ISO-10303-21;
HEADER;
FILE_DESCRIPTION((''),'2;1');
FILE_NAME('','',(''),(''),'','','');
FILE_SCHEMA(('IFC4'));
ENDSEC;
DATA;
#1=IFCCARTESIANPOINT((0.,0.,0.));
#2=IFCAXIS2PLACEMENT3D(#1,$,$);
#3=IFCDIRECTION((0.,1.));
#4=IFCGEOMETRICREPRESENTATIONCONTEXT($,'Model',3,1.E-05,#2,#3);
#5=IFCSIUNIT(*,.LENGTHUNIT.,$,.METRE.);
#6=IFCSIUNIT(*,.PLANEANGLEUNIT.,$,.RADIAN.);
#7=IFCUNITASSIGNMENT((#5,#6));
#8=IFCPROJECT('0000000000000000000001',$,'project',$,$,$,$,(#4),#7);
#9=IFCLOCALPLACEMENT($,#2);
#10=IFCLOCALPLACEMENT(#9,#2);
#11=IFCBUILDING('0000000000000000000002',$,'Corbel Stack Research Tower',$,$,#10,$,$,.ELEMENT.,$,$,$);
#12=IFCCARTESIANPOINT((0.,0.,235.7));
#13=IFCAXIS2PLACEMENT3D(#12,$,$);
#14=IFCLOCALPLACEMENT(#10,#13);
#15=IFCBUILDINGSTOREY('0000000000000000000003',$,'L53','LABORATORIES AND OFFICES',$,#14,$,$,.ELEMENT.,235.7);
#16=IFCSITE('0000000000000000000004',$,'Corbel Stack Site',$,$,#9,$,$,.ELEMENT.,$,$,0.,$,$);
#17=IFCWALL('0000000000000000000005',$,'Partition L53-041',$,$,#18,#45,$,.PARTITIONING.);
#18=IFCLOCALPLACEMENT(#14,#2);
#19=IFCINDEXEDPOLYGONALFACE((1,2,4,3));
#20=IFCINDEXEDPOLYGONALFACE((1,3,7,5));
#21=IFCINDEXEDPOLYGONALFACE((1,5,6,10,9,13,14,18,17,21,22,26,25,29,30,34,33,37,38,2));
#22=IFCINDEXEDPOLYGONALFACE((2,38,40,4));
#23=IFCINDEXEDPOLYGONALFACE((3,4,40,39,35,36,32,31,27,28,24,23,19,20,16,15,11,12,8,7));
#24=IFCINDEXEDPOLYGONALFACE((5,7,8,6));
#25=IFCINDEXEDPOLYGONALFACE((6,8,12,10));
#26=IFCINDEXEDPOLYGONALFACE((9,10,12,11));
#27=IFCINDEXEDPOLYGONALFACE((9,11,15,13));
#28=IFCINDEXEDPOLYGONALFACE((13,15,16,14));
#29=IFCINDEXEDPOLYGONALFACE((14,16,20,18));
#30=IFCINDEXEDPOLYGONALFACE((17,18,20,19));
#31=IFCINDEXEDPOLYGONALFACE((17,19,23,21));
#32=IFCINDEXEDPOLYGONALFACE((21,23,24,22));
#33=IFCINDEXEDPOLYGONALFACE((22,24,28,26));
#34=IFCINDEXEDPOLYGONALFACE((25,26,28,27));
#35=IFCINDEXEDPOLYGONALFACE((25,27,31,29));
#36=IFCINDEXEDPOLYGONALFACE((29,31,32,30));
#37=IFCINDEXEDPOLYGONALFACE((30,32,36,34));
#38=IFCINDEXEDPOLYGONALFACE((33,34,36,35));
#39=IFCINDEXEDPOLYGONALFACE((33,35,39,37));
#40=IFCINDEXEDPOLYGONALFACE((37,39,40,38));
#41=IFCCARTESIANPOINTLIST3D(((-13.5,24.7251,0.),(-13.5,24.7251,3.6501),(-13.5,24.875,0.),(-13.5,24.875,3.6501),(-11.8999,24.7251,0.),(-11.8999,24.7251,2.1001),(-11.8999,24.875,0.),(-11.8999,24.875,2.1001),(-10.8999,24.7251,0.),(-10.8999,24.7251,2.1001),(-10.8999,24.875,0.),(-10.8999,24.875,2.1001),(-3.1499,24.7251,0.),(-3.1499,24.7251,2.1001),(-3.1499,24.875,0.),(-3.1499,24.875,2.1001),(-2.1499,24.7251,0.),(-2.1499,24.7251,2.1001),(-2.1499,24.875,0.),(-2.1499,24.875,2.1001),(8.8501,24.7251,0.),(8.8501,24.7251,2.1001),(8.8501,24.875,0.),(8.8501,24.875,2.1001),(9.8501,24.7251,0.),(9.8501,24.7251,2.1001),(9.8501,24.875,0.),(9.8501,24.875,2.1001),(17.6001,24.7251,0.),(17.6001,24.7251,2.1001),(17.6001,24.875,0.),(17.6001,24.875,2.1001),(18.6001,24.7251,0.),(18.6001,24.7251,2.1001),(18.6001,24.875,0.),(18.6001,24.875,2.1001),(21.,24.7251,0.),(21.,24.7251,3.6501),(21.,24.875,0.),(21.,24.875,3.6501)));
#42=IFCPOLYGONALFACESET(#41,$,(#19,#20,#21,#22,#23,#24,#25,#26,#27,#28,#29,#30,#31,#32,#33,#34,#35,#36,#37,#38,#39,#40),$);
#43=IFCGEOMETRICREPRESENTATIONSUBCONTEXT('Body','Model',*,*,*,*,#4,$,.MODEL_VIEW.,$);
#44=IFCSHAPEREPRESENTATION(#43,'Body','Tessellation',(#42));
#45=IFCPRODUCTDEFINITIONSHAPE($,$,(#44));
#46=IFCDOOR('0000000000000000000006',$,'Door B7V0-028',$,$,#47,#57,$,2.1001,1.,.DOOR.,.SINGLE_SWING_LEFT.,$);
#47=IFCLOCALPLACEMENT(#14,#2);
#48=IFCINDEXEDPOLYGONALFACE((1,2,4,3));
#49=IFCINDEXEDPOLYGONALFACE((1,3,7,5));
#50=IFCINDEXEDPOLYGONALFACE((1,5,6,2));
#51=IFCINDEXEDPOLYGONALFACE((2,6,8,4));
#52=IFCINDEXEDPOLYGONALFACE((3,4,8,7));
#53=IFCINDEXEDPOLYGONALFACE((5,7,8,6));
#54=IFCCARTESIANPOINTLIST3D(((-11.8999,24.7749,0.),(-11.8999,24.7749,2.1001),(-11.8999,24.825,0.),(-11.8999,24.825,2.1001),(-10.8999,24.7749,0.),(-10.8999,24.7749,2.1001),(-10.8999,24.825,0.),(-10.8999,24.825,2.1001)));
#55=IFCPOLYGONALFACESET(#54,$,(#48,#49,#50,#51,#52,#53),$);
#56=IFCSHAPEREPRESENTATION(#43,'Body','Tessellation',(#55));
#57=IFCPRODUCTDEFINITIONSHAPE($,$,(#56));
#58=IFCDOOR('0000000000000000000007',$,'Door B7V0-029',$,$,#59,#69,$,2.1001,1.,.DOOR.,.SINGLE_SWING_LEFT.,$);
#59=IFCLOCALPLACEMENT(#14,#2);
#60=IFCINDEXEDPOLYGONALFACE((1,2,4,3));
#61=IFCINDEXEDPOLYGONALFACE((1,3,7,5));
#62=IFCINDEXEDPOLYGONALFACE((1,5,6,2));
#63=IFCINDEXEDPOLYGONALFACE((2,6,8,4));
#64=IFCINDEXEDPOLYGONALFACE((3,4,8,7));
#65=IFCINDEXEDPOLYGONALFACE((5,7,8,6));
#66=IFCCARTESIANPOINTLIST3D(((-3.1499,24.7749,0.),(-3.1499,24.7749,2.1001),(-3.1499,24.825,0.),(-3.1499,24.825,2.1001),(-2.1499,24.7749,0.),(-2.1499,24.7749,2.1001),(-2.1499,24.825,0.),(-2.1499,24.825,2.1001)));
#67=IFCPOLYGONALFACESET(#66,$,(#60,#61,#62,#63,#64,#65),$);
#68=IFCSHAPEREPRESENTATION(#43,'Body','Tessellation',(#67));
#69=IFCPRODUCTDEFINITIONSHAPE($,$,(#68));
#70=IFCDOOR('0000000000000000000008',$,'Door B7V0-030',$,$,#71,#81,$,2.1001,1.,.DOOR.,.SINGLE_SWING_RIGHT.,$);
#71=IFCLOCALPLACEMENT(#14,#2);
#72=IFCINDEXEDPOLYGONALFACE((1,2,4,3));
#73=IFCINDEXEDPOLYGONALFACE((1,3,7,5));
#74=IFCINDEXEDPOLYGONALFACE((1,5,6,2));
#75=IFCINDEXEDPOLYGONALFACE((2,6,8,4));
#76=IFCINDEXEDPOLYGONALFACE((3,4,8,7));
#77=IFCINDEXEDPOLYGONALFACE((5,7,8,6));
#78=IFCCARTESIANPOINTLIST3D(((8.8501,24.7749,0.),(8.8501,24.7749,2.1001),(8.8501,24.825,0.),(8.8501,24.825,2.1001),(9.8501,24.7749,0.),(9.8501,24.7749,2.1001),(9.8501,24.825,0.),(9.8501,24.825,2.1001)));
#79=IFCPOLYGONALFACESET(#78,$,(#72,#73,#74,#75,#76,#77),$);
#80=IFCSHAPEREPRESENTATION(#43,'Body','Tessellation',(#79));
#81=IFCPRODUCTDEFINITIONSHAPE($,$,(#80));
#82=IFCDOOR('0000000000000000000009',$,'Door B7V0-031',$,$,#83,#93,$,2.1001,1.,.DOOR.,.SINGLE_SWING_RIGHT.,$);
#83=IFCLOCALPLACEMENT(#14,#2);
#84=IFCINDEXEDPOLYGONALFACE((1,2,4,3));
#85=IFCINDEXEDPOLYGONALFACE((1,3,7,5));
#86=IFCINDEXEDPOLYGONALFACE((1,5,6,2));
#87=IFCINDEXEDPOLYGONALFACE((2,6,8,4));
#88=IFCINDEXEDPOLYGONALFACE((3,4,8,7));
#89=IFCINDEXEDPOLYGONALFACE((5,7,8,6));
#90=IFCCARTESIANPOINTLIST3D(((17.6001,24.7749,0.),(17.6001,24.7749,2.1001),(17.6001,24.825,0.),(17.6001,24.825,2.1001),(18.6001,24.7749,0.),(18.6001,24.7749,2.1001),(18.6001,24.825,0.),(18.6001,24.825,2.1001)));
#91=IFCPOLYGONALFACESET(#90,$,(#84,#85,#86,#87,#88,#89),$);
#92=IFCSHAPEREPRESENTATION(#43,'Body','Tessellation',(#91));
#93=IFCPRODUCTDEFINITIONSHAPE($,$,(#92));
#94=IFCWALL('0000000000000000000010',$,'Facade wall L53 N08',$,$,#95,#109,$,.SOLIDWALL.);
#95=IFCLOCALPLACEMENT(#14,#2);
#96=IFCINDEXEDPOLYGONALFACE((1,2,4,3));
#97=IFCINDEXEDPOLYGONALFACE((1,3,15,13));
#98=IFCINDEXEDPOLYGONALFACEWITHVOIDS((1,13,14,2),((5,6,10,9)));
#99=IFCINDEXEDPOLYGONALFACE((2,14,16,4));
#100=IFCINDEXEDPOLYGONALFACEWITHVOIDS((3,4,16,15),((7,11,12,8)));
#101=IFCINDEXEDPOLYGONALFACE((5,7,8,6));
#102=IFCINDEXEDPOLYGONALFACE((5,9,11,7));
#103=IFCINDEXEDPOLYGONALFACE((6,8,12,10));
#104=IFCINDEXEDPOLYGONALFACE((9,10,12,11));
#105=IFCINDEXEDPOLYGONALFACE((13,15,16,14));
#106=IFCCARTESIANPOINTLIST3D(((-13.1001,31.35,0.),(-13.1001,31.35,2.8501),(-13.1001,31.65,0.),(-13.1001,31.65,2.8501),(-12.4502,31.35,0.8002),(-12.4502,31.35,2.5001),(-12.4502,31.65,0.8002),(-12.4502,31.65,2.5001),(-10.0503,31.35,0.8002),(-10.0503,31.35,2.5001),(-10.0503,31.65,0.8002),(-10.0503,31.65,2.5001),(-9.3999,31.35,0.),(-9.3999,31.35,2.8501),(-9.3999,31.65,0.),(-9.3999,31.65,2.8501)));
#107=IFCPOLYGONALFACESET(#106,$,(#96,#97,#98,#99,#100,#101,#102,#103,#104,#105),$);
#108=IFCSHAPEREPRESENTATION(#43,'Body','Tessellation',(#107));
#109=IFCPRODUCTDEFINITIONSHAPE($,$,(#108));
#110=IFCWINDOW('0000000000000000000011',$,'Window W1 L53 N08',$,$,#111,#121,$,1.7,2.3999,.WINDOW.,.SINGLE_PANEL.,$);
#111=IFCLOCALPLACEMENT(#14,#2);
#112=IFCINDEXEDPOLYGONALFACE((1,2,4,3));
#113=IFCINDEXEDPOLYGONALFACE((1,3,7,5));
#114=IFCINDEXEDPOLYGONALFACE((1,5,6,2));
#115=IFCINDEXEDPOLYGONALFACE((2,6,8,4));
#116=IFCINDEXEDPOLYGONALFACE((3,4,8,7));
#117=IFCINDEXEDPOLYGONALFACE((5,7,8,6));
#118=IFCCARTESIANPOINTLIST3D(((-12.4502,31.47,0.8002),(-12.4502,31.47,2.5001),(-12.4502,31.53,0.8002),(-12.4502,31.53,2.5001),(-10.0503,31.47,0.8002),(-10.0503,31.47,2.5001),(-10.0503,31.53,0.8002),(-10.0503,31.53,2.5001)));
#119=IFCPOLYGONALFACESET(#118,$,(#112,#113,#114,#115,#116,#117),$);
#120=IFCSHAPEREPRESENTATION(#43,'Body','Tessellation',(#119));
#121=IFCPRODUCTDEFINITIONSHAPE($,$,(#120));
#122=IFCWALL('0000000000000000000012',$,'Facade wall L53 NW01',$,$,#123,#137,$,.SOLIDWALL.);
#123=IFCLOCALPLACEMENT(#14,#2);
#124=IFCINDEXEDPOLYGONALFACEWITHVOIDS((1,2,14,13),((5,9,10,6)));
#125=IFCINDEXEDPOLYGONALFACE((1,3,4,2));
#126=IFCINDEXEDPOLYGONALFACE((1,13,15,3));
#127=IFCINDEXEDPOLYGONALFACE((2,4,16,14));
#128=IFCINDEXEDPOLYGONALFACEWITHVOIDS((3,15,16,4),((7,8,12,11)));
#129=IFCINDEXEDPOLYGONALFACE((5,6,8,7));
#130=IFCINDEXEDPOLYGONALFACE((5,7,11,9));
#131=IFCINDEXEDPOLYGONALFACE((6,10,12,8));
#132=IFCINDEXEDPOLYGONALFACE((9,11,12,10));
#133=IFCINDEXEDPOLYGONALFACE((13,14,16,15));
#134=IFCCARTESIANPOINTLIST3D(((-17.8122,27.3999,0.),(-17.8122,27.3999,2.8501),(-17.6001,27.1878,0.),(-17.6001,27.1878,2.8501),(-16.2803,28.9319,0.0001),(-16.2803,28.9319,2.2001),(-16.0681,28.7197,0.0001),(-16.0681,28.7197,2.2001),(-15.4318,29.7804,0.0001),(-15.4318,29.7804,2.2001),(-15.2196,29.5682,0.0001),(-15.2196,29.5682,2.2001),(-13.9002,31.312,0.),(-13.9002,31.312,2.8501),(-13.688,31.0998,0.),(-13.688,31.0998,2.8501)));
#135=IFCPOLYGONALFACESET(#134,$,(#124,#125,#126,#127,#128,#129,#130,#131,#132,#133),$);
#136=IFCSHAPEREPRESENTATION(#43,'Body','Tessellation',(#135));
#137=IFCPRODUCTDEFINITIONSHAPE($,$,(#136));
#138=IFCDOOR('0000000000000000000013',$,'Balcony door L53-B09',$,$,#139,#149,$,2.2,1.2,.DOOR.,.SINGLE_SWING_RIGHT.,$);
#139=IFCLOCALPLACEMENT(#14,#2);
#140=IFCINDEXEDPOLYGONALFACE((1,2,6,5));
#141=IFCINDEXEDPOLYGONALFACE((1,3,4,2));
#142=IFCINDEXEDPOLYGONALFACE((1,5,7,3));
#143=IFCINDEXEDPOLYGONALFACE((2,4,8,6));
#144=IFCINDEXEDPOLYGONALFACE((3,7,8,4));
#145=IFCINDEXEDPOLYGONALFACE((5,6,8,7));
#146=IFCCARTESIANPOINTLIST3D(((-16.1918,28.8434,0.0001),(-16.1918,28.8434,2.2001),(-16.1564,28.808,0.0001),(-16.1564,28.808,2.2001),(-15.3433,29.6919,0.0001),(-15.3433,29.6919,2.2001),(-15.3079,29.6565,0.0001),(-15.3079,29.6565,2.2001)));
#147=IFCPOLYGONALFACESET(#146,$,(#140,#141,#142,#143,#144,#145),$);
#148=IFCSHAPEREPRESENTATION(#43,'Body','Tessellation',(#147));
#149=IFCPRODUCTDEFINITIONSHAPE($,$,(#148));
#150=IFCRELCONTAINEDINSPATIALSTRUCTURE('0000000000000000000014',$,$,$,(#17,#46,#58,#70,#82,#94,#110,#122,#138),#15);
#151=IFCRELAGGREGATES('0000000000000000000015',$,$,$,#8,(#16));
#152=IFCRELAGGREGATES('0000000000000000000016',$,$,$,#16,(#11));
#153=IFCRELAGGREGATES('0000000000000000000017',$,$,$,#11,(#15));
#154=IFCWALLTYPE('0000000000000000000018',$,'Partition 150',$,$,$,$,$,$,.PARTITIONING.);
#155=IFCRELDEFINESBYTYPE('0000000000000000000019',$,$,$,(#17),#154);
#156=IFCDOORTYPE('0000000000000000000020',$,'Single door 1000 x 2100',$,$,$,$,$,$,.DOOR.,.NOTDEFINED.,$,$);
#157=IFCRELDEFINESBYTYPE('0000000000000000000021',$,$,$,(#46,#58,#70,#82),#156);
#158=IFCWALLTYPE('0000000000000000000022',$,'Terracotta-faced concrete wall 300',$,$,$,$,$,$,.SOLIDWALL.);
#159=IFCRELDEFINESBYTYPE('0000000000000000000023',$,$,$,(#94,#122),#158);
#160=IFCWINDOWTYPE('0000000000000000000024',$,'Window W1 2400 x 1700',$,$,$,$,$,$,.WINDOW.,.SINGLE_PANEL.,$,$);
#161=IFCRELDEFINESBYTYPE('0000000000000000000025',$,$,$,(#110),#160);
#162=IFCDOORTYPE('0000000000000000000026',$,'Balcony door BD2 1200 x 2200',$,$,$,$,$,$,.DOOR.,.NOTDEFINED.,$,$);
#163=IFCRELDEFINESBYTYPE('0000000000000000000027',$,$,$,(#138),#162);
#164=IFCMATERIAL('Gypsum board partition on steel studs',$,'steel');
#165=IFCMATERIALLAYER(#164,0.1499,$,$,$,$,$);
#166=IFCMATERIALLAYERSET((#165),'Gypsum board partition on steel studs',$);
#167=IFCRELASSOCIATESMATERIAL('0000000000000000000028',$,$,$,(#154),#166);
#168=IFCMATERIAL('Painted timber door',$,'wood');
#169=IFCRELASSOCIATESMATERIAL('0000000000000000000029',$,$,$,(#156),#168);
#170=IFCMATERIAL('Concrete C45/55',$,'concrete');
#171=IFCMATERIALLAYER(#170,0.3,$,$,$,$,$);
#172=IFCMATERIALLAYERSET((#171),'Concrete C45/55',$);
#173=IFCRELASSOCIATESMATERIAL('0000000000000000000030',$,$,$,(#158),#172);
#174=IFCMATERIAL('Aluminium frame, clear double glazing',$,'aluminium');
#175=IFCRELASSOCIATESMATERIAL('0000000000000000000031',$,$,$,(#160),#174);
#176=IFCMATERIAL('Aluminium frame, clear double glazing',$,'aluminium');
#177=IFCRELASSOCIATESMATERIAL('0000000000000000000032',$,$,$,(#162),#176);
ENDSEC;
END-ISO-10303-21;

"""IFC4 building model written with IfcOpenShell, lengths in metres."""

from ifc_helpers import new_model, si_unit, direction, frame, frame_2d, origin, place, context, subcontext, project, spatial, rectangle, extrude, material, layer, layer_set, type_object, element, fill, save


model = new_model("IFC4")

# Units and contexts
model_context = context("Model", 3, precision=1e-05, world=origin(), true_north=direction((0.0, 1.0)))
body_context = subcontext(model_context, "Body", "Model", "MODEL_VIEW")
ifc_project = project(units=[si_unit("LENGTHUNIT", "METRE"), si_unit("PLANEANGLEUNIT", "RADIAN")], contexts=[model_context])

# Site, building, storey
site_placement = place(None, origin())
site = spatial("IfcSite", under=ifc_project, at=site_placement, Name="Corbel Stack Site", CompositionType="ELEMENT", RefElevation=0.0)
building_placement = place(site_placement, origin())
building = spatial("IfcBuilding", under=site, at=building_placement, Name="Corbel Stack Research Tower", CompositionType="ELEMENT")
storey_placement = place(building_placement, frame((0.0, 0.0, 235.7)))
storey = spatial("IfcBuildingStorey", under=building, at=storey_placement, Name="L53", Description="LABORATORIES AND OFFICES", CompositionType="ELEMENT", Elevation=235.7)

# Shared definitions
ifc_material_1 = material(Name="Gypsum board partition on steel studs", Category="steel")
ifc_layer_1 = layer(ifc_material_1, 0.1499)
ifc_layer_set_1 = layer_set([ifc_layer_1], Name="Gypsum board partition on steel studs")
wall_type_1 = type_object("IfcWallType", Name="Partition 150", PredefinedType="PARTITIONING", material=ifc_layer_set_1)
ifc_material_2 = material(Name="Painted timber door", Category="wood")
door_type_1 = type_object("IfcDoorType", Name="Single door 1000 x 2100", OperationType="NOTDEFINED", PredefinedType="DOOR", material=ifc_material_2)

# Wall, openings, doors
wall_1_placement = place(storey_placement, frame((-13.5, 24.8, 0.0), z_axis=(0.0, 0.0, 1.0), x_axis=(1.0, 0.0, 0.0)))
wall_1 = element("IfcWall", 1, at=wall_1_placement, inside=storey, type_object=wall_type_1, Name="Partition L53-041", PredefinedType="PARTITIONING", context=body_context, shape_type="SweptSolid", body=[
    extrude(rectangle(XDim=34.5, YDim=0.1499, at=frame_2d((17.25, 0.0))), origin(), (0.0, 0.0, 1.0), 3.6501),
])
opening_1_placement = place(wall_1_placement, frame((1.6001, 0.0, 0.0)))
opening_1 = element("IfcOpeningElement", 2, at=opening_1_placement, cuts=wall_1, PredefinedType="OPENING", context=body_context, shape_type="SweptSolid", body=[
    extrude(rectangle(XDim=1.0, YDim=2.1001, at=frame_2d((0.5, 1.05))), frame((0.0, 0.085, 0.0), z_axis=(0.0, -1.0, 0.0), x_axis=(1.0, 0.0, 0.0)), (0.0, 0.0, 1.0), 0.1699),
])
opening_2_placement = place(wall_1_placement, frame((10.3501, 0.0, 0.0)))
opening_2 = element("IfcOpeningElement", 3, at=opening_2_placement, cuts=wall_1, PredefinedType="OPENING", context=body_context, shape_type="SweptSolid", body=[
    extrude(rectangle(XDim=1.0, YDim=2.1001, at=frame_2d((0.5, 1.05))), frame((0.0, 0.085, 0.0), z_axis=(0.0, -1.0, 0.0), x_axis=(1.0, 0.0, 0.0)), (0.0, 0.0, 1.0), 0.1699),
])
opening_3_placement = place(wall_1_placement, frame((22.3501, 0.0, 0.0)))
opening_3 = element("IfcOpeningElement", 4, at=opening_3_placement, cuts=wall_1, PredefinedType="OPENING", context=body_context, shape_type="SweptSolid", body=[
    extrude(rectangle(XDim=1.0, YDim=2.1001, at=frame_2d((0.5, 1.05))), frame((0.0, 0.085, 0.0), z_axis=(0.0, -1.0, 0.0), x_axis=(1.0, 0.0, 0.0)), (0.0, 0.0, 1.0), 0.1699),
])
opening_4_placement = place(wall_1_placement, frame((31.1001, 0.0, 0.0)))
opening_4 = element("IfcOpeningElement", 5, at=opening_4_placement, cuts=wall_1, PredefinedType="OPENING", context=body_context, shape_type="SweptSolid", body=[
    extrude(rectangle(XDim=1.0, YDim=2.1001, at=frame_2d((0.5, 1.05))), frame((0.0, 0.085, 0.0), z_axis=(0.0, -1.0, 0.0), x_axis=(1.0, 0.0, 0.0)), (0.0, 0.0, 1.0), 0.1699),
])
door_1_placement = place(opening_1_placement, origin())
door_1 = element("IfcDoor", 6, at=door_1_placement, inside=storey, type_object=door_type_1, Name="Door B7V0-028", OperationType="SINGLE_SWING_LEFT", OverallHeight=2.1001, OverallWidth=1.0, PredefinedType="DOOR", context=body_context, shape_type="SweptSolid", body=[
    extrude(rectangle(XDim=1.0, YDim=2.1001, at=frame_2d((0.5, 1.05))), frame((0.0, 0.0249, 0.0), z_axis=(0.0, -1.0, 0.0), x_axis=(1.0, 0.0, 0.0)), (0.0, 0.0, 1.0), 0.05),
])
fill(opening_1, door_1)
door_2_placement = place(opening_2_placement, origin())
door_2 = element("IfcDoor", 7, at=door_2_placement, inside=storey, type_object=door_type_1, Name="Door B7V0-029", OperationType="SINGLE_SWING_LEFT", OverallHeight=2.1001, OverallWidth=1.0, PredefinedType="DOOR", context=body_context, shape_type="SweptSolid", body=[
    extrude(rectangle(XDim=1.0, YDim=2.1001, at=frame_2d((0.5, 1.05))), frame((0.0, 0.0249, 0.0), z_axis=(0.0, -1.0, 0.0), x_axis=(1.0, 0.0, 0.0)), (0.0, 0.0, 1.0), 0.05),
])
fill(opening_2, door_2)
door_3_placement = place(opening_3_placement, origin())
door_3 = element("IfcDoor", 8, at=door_3_placement, inside=storey, type_object=door_type_1, Name="Door B7V0-030", OperationType="SINGLE_SWING_RIGHT", OverallHeight=2.1001, OverallWidth=1.0, PredefinedType="DOOR", context=body_context, shape_type="SweptSolid", body=[
    extrude(rectangle(XDim=1.0, YDim=2.1001, at=frame_2d((0.5, 1.05))), frame((0.0, 0.0249, 0.0), z_axis=(0.0, -1.0, 0.0), x_axis=(1.0, 0.0, 0.0)), (0.0, 0.0, 1.0), 0.05),
])
fill(opening_3, door_3)
door_4_placement = place(opening_4_placement, origin())
door_4 = element("IfcDoor", 9, at=door_4_placement, inside=storey, type_object=door_type_1, Name="Door B7V0-031", OperationType="SINGLE_SWING_RIGHT", OverallHeight=2.1001, OverallWidth=1.0, PredefinedType="DOOR", context=body_context, shape_type="SweptSolid", body=[
    extrude(rectangle(XDim=1.0, YDim=2.1001, at=frame_2d((0.5, 1.05))), frame((0.0, 0.0249, 0.0), z_axis=(0.0, -1.0, 0.0), x_axis=(1.0, 0.0, 0.0)), (0.0, 0.0, 1.0), 0.05),
])
fill(opening_4, door_4)

# Wall, opening, window
ifc_material_3 = material(Name="Concrete C45/55", Category="concrete")
ifc_layer_2 = layer(ifc_material_3, 0.3)
ifc_layer_set_2 = layer_set([ifc_layer_2], Name="Concrete C45/55")
wall_type_2 = type_object("IfcWallType", Name="Terracotta-faced concrete wall 300", PredefinedType="SOLIDWALL", material=ifc_layer_set_2)
wall_2_placement = place(storey_placement, frame((-13.1001, 31.5, 0.0), z_axis=(0.0, 0.0, 1.0), x_axis=(1.0, 0.0, 0.0)))
wall_2 = element("IfcWall", 10, at=wall_2_placement, inside=storey, type_object=wall_type_2, Name="Facade wall L53 N08", PredefinedType="SOLIDWALL", context=body_context, shape_type="SweptSolid", body=[
    extrude(rectangle(XDim=3.7002, YDim=0.3, at=frame_2d((1.8501, 0.0))), origin(), (0.0, 0.0, 1.0), 2.8501),
])
opening_5_placement = place(wall_2_placement, frame((0.6499, 0.0, 0.8)))
opening_5 = element("IfcOpeningElement", 11, at=opening_5_placement, cuts=wall_2, PredefinedType="OPENING", context=body_context, shape_type="SweptSolid", body=[
    extrude(rectangle(XDim=2.3999, YDim=1.7, at=frame_2d((1.2, 0.8501))), frame((0.0, 0.1599, 0.0), z_axis=(0.0, -1.0, 0.0), x_axis=(1.0, 0.0, 0.0)), (0.0, 0.0, 1.0), 0.3201),
])
ifc_material_4 = material(Name="Aluminium frame, clear double glazing", Category="aluminium")
window_type = type_object("IfcWindowType", Name="Window W1 2400 x 1700", PartitioningType="SINGLE_PANEL", PredefinedType="WINDOW", material=ifc_material_4)
window_1_placement = place(opening_5_placement, origin())
window_1 = element("IfcWindow", 12, at=window_1_placement, inside=storey, type_object=window_type, Name="Window W1 L53 N08", OverallHeight=1.7, OverallWidth=2.3999, PartitioningType="SINGLE_PANEL", PredefinedType="WINDOW", context=body_context, shape_type="SweptSolid", body=[
    extrude(rectangle(XDim=2.3999, YDim=1.7, at=frame_2d((1.2, 0.8501))), frame((0.0, 0.03, 0.0), z_axis=(0.0, -1.0, 0.0), x_axis=(1.0, 0.0, 0.0)), (0.0, 0.0, 1.0), 0.0601),
])
fill(opening_5, window_1)

# Wall, opening, door
wall_3_placement = place(storey_placement, frame((-17.7061, 27.2939, 0.0), z_axis=(0.0, 0.0, 1.0), x_axis=(0.707107, 0.707107, 0.0)))
wall_3 = element("IfcWall", 13, at=wall_3_placement, inside=storey, type_object=wall_type_2, Name="Facade wall L53 NW01", PredefinedType="SOLIDWALL", context=body_context, shape_type="SweptSolid", body=[
    extrude(rectangle(XDim=5.5325, YDim=0.3, at=frame_2d((2.7661, 0.0))), origin(), (0.0, 0.0, 1.0), 2.8501),
])
opening_6_placement = place(wall_3_placement, frame((2.1663, 0.0, 0.0)))
opening_6 = element("IfcOpeningElement", 14, at=opening_6_placement, cuts=wall_3, PredefinedType="OPENING", context=body_context, shape_type="SweptSolid", body=[
    extrude(rectangle(XDim=1.2, YDim=2.2, at=frame_2d((0.6001, 1.1001))), frame((0.0, 0.1599, 0.0), z_axis=(0.0, -1.0, 0.0), x_axis=(1.0, 0.0, 0.0)), (0.0, 0.0, 1.0), 0.3201),
])
ifc_material_5 = material(Name="Aluminium frame, clear double glazing", Category="aluminium")
door_type_2 = type_object("IfcDoorType", Name="Balcony door BD2 1200 x 2200", OperationType="NOTDEFINED", PredefinedType="DOOR", material=ifc_material_5)
door_5_placement = place(opening_6_placement, origin())
door_5 = element("IfcDoor", 15, at=door_5_placement, inside=storey, type_object=door_type_2, Name="Balcony door L53-B09", OperationType="SINGLE_SWING_RIGHT", OverallHeight=2.2, OverallWidth=1.2, PredefinedType="DOOR", context=body_context, shape_type="SweptSolid", body=[
    extrude(rectangle(XDim=1.2, YDim=2.2, at=frame_2d((0.6001, 1.1001))), frame((0.0, 0.0249, 0.0), z_axis=(0.0, -1.0, 0.0), x_axis=(1.0, 0.0, 0.0)), (0.0, 0.0, 1.0), 0.05),
])
fill(opening_6, door_5)

save(model, "model.ifc")
